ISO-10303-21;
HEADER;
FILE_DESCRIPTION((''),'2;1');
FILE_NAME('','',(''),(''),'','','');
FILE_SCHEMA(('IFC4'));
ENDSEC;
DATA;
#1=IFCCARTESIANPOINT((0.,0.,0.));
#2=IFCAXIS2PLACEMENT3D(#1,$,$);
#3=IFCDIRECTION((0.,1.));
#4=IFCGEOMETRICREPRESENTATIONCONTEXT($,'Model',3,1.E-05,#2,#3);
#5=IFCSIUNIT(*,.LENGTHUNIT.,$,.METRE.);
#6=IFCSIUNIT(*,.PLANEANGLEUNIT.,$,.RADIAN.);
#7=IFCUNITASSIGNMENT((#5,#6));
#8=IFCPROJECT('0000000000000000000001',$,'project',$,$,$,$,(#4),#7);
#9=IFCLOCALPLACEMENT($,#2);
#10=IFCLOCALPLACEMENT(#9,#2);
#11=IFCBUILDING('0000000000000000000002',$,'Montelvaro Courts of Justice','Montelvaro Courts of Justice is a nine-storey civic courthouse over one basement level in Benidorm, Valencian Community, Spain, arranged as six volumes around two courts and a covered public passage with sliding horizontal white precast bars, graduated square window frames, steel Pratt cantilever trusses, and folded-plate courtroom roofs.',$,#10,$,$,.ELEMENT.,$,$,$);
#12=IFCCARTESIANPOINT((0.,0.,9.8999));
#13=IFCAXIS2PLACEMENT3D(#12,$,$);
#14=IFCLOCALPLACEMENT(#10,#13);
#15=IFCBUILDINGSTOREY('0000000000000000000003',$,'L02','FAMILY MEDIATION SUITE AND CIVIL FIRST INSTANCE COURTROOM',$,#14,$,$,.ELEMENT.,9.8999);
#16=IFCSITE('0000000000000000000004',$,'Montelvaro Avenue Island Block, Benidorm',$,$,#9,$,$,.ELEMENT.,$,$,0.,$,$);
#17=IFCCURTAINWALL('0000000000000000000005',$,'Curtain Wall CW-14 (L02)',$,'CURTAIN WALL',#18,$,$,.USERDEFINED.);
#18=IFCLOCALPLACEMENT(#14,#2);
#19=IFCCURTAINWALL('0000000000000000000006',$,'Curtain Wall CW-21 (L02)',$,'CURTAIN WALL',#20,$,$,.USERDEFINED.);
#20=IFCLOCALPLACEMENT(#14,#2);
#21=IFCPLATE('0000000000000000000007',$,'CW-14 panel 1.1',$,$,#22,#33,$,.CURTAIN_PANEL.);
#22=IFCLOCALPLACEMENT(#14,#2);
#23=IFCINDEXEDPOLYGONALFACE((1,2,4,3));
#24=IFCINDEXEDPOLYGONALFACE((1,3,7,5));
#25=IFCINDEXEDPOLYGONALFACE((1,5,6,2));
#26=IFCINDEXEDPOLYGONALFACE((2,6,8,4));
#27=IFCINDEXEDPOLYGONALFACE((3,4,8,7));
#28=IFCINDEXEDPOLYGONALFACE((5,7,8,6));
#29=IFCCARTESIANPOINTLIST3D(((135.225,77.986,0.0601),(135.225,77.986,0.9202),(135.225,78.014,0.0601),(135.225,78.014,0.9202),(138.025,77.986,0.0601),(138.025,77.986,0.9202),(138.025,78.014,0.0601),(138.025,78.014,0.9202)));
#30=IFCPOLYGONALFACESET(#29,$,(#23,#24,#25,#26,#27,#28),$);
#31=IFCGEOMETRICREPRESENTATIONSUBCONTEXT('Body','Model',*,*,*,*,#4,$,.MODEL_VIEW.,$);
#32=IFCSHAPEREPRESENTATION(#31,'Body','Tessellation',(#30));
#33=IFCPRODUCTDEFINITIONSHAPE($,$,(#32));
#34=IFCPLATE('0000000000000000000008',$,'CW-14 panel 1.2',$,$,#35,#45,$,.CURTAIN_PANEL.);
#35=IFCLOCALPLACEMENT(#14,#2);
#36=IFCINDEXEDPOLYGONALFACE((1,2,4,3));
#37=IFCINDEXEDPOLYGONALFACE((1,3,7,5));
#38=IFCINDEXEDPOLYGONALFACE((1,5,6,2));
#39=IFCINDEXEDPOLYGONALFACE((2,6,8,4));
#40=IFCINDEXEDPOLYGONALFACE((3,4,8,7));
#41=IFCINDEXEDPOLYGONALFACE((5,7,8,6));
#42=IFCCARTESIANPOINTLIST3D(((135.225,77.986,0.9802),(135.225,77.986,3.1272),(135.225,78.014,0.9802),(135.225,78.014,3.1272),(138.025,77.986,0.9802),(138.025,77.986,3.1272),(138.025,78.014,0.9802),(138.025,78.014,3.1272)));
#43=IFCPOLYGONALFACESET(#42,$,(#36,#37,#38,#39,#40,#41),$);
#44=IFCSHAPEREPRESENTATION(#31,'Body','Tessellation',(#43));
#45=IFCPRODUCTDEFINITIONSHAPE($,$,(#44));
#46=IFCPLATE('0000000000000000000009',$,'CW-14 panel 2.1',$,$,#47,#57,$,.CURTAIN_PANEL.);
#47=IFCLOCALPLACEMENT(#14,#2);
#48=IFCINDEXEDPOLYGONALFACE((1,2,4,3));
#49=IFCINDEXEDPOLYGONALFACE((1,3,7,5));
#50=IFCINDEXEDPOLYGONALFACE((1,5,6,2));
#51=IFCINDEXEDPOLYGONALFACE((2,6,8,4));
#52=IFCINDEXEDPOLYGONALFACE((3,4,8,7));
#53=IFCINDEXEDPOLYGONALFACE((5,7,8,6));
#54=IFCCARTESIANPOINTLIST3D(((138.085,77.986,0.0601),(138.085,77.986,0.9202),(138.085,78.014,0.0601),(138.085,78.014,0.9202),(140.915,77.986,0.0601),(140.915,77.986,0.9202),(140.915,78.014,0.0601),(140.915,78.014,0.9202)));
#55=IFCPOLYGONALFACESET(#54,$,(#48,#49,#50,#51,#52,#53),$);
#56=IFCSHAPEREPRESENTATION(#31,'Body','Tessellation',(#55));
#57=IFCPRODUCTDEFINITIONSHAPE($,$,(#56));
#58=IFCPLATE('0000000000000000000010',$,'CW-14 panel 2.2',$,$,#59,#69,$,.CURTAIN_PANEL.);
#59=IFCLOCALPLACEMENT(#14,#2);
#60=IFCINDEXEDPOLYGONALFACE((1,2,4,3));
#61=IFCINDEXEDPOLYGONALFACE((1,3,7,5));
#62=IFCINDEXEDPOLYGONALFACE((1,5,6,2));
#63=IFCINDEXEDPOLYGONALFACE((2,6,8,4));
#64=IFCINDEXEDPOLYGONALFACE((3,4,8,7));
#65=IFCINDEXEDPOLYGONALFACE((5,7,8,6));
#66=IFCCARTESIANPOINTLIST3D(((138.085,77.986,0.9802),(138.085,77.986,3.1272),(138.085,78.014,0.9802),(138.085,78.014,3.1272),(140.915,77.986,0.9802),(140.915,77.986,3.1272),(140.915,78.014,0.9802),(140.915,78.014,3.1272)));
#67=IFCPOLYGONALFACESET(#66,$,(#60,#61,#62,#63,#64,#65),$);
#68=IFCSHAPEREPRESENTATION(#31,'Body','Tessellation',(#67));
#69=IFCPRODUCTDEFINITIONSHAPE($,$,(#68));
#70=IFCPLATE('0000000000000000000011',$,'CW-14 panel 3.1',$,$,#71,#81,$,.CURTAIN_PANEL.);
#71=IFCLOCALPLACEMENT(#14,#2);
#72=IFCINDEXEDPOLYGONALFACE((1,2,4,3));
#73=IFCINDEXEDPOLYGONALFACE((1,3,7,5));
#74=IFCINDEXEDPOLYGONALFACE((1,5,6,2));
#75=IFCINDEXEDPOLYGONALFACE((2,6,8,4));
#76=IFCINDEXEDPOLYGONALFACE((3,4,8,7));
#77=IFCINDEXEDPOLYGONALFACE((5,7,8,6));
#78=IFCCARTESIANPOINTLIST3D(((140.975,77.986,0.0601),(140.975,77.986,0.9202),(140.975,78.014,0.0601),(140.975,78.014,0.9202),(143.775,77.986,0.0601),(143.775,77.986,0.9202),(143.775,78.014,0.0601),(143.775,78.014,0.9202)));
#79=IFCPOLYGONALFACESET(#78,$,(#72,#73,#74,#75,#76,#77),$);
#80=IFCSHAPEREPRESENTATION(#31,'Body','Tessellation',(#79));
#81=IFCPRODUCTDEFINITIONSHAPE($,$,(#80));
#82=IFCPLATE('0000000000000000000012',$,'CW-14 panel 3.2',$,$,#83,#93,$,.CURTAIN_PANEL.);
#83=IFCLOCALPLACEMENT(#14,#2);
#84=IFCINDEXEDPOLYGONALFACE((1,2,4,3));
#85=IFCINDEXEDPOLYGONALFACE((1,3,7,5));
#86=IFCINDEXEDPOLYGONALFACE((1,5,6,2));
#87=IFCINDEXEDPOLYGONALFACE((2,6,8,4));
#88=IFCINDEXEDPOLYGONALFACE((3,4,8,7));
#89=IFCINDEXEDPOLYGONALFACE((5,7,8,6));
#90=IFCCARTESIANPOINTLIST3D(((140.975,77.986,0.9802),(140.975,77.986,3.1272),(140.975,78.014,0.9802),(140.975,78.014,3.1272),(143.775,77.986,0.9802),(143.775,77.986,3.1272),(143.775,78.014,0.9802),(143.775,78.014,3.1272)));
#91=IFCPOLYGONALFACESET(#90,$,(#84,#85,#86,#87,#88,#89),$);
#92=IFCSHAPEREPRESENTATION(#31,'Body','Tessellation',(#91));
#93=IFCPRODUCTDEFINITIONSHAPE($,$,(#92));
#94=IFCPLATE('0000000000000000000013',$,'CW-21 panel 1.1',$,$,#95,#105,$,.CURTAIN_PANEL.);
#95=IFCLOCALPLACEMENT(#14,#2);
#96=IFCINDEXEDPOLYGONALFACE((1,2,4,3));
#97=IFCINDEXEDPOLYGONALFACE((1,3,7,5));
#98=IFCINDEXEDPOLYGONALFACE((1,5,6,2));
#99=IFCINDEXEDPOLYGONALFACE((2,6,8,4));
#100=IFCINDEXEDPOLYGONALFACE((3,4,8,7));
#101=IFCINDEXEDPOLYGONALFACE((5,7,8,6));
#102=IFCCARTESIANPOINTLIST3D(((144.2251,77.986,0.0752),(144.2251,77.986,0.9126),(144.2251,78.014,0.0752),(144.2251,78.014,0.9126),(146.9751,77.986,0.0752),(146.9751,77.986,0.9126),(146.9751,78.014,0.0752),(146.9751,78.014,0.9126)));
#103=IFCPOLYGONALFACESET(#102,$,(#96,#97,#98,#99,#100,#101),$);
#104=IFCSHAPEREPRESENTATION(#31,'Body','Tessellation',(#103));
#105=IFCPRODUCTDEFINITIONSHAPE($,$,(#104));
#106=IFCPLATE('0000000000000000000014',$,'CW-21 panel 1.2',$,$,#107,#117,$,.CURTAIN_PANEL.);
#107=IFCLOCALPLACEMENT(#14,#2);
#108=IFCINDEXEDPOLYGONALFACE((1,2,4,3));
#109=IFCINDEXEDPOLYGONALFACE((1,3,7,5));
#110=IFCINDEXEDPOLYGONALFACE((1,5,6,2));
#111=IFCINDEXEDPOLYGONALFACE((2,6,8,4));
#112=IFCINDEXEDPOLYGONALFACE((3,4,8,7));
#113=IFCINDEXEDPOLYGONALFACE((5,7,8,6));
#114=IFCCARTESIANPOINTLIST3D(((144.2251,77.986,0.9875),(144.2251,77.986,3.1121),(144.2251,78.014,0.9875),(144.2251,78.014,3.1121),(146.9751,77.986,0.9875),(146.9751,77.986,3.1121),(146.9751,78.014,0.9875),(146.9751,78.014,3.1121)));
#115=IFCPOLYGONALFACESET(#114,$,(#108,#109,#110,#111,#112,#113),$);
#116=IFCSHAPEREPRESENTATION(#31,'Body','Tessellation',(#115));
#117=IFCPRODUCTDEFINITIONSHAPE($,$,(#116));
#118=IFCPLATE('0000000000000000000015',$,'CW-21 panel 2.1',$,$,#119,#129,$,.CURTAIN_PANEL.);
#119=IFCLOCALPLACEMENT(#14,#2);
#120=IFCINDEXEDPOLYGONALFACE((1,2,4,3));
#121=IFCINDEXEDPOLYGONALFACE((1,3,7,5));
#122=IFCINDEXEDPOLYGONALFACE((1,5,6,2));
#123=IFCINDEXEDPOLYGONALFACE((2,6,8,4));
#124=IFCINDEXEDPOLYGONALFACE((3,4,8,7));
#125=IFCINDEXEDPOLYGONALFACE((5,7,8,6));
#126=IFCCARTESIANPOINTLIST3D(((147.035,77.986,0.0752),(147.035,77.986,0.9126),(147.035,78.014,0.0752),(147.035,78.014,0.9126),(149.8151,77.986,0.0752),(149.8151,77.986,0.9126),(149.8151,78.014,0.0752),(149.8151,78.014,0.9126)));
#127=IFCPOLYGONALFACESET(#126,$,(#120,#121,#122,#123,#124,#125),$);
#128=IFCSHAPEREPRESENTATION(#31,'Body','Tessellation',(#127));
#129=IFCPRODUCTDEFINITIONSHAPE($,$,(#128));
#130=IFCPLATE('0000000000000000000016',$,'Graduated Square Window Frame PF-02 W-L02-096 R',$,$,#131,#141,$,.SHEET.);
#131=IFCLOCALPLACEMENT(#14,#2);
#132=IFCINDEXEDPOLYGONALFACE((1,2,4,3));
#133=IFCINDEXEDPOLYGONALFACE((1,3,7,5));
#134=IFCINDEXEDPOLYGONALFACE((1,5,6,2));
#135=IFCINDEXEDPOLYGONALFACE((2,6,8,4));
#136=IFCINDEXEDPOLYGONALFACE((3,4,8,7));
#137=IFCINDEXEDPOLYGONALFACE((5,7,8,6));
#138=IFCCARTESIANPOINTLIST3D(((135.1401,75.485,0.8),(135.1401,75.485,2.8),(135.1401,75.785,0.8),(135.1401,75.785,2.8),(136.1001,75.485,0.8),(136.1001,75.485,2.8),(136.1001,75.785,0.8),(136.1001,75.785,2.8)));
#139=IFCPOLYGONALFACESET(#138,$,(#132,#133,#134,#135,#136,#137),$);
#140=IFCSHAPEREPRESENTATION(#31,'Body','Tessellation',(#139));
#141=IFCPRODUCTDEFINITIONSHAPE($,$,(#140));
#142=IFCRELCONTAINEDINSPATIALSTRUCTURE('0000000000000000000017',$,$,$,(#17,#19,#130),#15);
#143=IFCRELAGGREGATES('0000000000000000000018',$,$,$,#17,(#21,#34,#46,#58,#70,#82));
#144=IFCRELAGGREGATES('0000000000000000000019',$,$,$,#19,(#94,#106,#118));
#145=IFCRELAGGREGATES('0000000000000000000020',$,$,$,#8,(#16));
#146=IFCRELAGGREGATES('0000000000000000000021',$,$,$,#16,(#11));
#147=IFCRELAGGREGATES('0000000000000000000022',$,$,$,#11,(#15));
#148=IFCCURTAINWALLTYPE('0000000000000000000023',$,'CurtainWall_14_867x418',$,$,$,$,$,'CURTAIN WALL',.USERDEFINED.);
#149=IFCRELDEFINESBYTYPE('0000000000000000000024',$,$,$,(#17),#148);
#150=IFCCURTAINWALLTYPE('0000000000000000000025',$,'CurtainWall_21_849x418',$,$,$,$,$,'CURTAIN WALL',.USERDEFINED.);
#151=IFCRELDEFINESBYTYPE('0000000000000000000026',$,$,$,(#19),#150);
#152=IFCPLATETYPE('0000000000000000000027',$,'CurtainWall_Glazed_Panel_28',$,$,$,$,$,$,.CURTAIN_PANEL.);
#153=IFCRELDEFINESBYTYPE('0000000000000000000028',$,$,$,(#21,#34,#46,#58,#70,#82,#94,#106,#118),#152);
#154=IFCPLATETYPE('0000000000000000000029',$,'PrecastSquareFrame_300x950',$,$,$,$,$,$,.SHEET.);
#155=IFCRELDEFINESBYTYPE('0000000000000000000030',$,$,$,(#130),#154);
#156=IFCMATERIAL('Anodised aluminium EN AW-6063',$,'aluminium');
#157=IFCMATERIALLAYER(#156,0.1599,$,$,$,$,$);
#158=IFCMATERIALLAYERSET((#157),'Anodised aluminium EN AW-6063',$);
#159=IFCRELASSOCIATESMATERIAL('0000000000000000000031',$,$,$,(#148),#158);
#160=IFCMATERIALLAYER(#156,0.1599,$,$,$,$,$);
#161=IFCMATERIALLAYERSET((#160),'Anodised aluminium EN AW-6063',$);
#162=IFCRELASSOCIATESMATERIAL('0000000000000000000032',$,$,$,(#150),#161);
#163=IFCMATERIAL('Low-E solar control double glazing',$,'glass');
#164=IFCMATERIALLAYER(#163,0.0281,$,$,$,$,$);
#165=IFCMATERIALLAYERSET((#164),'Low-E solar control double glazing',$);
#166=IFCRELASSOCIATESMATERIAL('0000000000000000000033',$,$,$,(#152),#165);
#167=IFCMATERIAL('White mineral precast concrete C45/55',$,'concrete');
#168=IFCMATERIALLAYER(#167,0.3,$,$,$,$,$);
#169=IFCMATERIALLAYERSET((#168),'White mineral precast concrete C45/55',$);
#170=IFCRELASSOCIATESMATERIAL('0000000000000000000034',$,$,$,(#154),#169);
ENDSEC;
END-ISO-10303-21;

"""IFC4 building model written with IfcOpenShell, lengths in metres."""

from ifc_helpers import new_model, si_unit, direction, frame, origin, origin_2d, place, context, subcontext, project, spatial, rectangle, extrude, material, layer, layer_set, type_object, element, aggregate, save


model = new_model("IFC4")

# Units and contexts
model_context = context("Model", 3, precision=1e-05, world=origin(), true_north=direction((0.0, 1.0)))
body_context = subcontext(model_context, "Body", "Model", "MODEL_VIEW")
ifc_project = project(units=[si_unit("LENGTHUNIT", "METRE"), si_unit("PLANEANGLEUNIT", "RADIAN")], contexts=[model_context])

# Site, building, storey
site_placement = place(None, origin())
site = spatial("IfcSite", under=ifc_project, at=site_placement, Name="Montelvaro Avenue Island Block, Benidorm", CompositionType="ELEMENT", RefElevation=0.0)
building_placement = place(site_placement, origin())
building = spatial("IfcBuilding", under=site, at=building_placement, Name="Montelvaro Courts of Justice", Description="Montelvaro Courts of Justice is a nine-storey civic courthouse over one basement level in Benidorm, Valencian Community, Spain, arranged as six volumes around two courts and a covered public passage with sliding horizontal white precast bars, graduated square window frames, steel Pratt cantilever trusses, and folded-plate courtroom roofs.", CompositionType="ELEMENT")
storey_placement = place(building_placement, frame((0.0, 0.0, 9.8999)))
storey = spatial("IfcBuildingStorey", under=building, at=storey_placement, Name="L02", Description="FAMILY MEDIATION SUITE AND CIVIL FIRST INSTANCE COURTROOM", CompositionType="ELEMENT", Elevation=9.8999)

# Curtain walls
ifc_material_1 = material(Name="Anodised aluminium EN AW-6063", Category="aluminium")
ifc_layer_1 = layer(ifc_material_1, 0.1599)
ifc_layer_set_1 = layer_set([ifc_layer_1], Name="Anodised aluminium EN AW-6063")
curtain_wall_type_1 = type_object("IfcCurtainWallType", Name="CurtainWall_14_867x418", ElementType="CURTAIN WALL", PredefinedType="USERDEFINED", material=ifc_layer_set_1)
curtain_wall_1_placement = place(storey_placement, origin())
curtain_wall_1 = element("IfcCurtainWall", 1, at=curtain_wall_1_placement, inside=storey, type_object=curtain_wall_type_1, Name="Curtain Wall CW-14 (L02)", ObjectType="CURTAIN WALL", PredefinedType="USERDEFINED")
ifc_layer_2 = layer(ifc_material_1, 0.1599)
ifc_layer_set_2 = layer_set([ifc_layer_2], Name="Anodised aluminium EN AW-6063")
curtain_wall_type_2 = type_object("IfcCurtainWallType", Name="CurtainWall_21_849x418", ElementType="CURTAIN WALL", PredefinedType="USERDEFINED", material=ifc_layer_set_2)
curtain_wall_2_placement = place(storey_placement, origin())
curtain_wall_2 = element("IfcCurtainWall", 2, at=curtain_wall_2_placement, inside=storey, type_object=curtain_wall_type_2, Name="Curtain Wall CW-21 (L02)", ObjectType="CURTAIN WALL", PredefinedType="USERDEFINED")

# Plates
ifc_material_2 = material(Name="Low-E solar control double glazing", Category="glass")
ifc_layer_3 = layer(ifc_material_2, 0.0281)
ifc_layer_set_3 = layer_set([ifc_layer_3], Name="Low-E solar control double glazing")
plate_type_1 = type_object("IfcPlateType", Name="CurtainWall_Glazed_Panel_28", PredefinedType="CURTAIN_PANEL", material=ifc_layer_set_3)
plate_1_placement = place(storey_placement, frame((136.625, 78.0, 0.0601), z_axis=(0.0, 0.0, 1.0), x_axis=(1.0, 0.0, 0.0)))
plate_1 = element("IfcPlate", 3, at=plate_1_placement, type_object=plate_type_1, Name="CW-14 panel 1.1", PredefinedType="CURTAIN_PANEL", context=body_context, shape_type="SweptSolid", body=[
    extrude(rectangle(XDim=2.8, YDim=0.0281, at=origin_2d()), origin(), (0.0, 0.0, 1.0), 0.8601),
])
plate_2_placement = place(storey_placement, frame((136.625, 78.0, 0.9802), z_axis=(0.0, 0.0, 1.0), x_axis=(1.0, 0.0, 0.0)))
plate_2 = element("IfcPlate", 4, at=plate_2_placement, type_object=plate_type_1, Name="CW-14 panel 1.2", PredefinedType="CURTAIN_PANEL", context=body_context, shape_type="SweptSolid", body=[
    extrude(rectangle(XDim=2.8, YDim=0.0281, at=origin_2d()), origin(), (0.0, 0.0, 1.0), 2.147),
])
plate_3_placement = place(storey_placement, frame((139.5, 78.0, 0.0601), z_axis=(0.0, 0.0, 1.0), x_axis=(1.0, 0.0, 0.0)))
plate_3 = element("IfcPlate", 5, at=plate_3_placement, type_object=plate_type_1, Name="CW-14 panel 2.1", PredefinedType="CURTAIN_PANEL", context=body_context, shape_type="SweptSolid", body=[
    extrude(rectangle(XDim=2.8301, YDim=0.0281, at=origin_2d()), origin(), (0.0, 0.0, 1.0), 0.8601),
])
plate_4_placement = place(storey_placement, frame((139.5, 78.0, 0.9802), z_axis=(0.0, 0.0, 1.0), x_axis=(1.0, 0.0, 0.0)))
plate_4 = element("IfcPlate", 6, at=plate_4_placement, type_object=plate_type_1, Name="CW-14 panel 2.2", PredefinedType="CURTAIN_PANEL", context=body_context, shape_type="SweptSolid", body=[
    extrude(rectangle(XDim=2.8301, YDim=0.0281, at=origin_2d()), origin(), (0.0, 0.0, 1.0), 2.147),
])
plate_5_placement = place(storey_placement, frame((142.375, 78.0, 0.0601), z_axis=(0.0, 0.0, 1.0), x_axis=(1.0, 0.0, 0.0)))
plate_5 = element("IfcPlate", 7, at=plate_5_placement, type_object=plate_type_1, Name="CW-14 panel 3.1", PredefinedType="CURTAIN_PANEL", context=body_context, shape_type="SweptSolid", body=[
    extrude(rectangle(XDim=2.8, YDim=0.0281, at=origin_2d()), origin(), (0.0, 0.0, 1.0), 0.8601),
])
plate_6_placement = place(storey_placement, frame((142.375, 78.0, 0.9802), z_axis=(0.0, 0.0, 1.0), x_axis=(1.0, 0.0, 0.0)))
plate_6 = element("IfcPlate", 8, at=plate_6_placement, type_object=plate_type_1, Name="CW-14 panel 3.2", PredefinedType="CURTAIN_PANEL", context=body_context, shape_type="SweptSolid", body=[
    extrude(rectangle(XDim=2.8, YDim=0.0281, at=origin_2d()), origin(), (0.0, 0.0, 1.0), 2.147),
])
aggregate(curtain_wall_1, [plate_1, plate_2, plate_3, plate_4, plate_5, plate_6])
plate_7_placement = place(storey_placement, frame((145.6001, 78.0, 0.0752), z_axis=(0.0, 0.0, 1.0), x_axis=(1.0, 0.0, 0.0)))
plate_7 = element("IfcPlate", 9, at=plate_7_placement, type_object=plate_type_1, Name="CW-21 panel 1.1", PredefinedType="CURTAIN_PANEL", context=body_context, shape_type="SweptSolid", body=[
    extrude(rectangle(XDim=2.75, YDim=0.0281, at=origin_2d()), origin(), (0.0, 0.0, 1.0), 0.8374),
])
plate_8_placement = place(storey_placement, frame((145.6001, 78.0, 0.9875), z_axis=(0.0, 0.0, 1.0), x_axis=(1.0, 0.0, 0.0)))
plate_8 = element("IfcPlate", 10, at=plate_8_placement, type_object=plate_type_1, Name="CW-21 panel 1.2", PredefinedType="CURTAIN_PANEL", context=body_context, shape_type="SweptSolid", body=[
    extrude(rectangle(XDim=2.75, YDim=0.0281, at=origin_2d()), origin(), (0.0, 0.0, 1.0), 2.1245),
])
plate_9_placement = place(storey_placement, frame((148.425, 78.0, 0.0752), z_axis=(0.0, 0.0, 1.0), x_axis=(1.0, 0.0, 0.0)))
plate_9 = element("IfcPlate", 11, at=plate_9_placement, type_object=plate_type_1, Name="CW-21 panel 2.1", PredefinedType="CURTAIN_PANEL", context=body_context, shape_type="SweptSolid", body=[
    extrude(rectangle(XDim=2.78, YDim=0.0281, at=origin_2d()), origin(), (0.0, 0.0, 1.0), 0.8374),
])
aggregate(curtain_wall_2, [plate_7, plate_8, plate_9])
ifc_material_3 = material(Name="White mineral precast concrete C45/55", Category="concrete")
ifc_layer_4 = layer(ifc_material_3, 0.3)
ifc_layer_set_4 = layer_set([ifc_layer_4], Name="White mineral precast concrete C45/55")
plate_type_2 = type_object("IfcPlateType", Name="PrecastSquareFrame_300x950", PredefinedType="SHEET", material=ifc_layer_set_4)
plate_10_placement = place(storey_placement, frame((135.6201, 75.635, 0.8), z_axis=(0.0, 0.0, 1.0), x_axis=(0.0, 1.0, 0.0)))
element("IfcPlate", 12, at=plate_10_placement, inside=storey, type_object=plate_type_2, Name="Graduated Square Window Frame PF-02 W-L02-096 R", PredefinedType="SHEET", context=body_context, shape_type="SweptSolid", body=[
    extrude(rectangle(XDim=0.3, YDim=0.96, at=origin_2d()), origin(), (0.0, 0.0, 1.0), 2.0),
])

save(model, "model.ifc")
